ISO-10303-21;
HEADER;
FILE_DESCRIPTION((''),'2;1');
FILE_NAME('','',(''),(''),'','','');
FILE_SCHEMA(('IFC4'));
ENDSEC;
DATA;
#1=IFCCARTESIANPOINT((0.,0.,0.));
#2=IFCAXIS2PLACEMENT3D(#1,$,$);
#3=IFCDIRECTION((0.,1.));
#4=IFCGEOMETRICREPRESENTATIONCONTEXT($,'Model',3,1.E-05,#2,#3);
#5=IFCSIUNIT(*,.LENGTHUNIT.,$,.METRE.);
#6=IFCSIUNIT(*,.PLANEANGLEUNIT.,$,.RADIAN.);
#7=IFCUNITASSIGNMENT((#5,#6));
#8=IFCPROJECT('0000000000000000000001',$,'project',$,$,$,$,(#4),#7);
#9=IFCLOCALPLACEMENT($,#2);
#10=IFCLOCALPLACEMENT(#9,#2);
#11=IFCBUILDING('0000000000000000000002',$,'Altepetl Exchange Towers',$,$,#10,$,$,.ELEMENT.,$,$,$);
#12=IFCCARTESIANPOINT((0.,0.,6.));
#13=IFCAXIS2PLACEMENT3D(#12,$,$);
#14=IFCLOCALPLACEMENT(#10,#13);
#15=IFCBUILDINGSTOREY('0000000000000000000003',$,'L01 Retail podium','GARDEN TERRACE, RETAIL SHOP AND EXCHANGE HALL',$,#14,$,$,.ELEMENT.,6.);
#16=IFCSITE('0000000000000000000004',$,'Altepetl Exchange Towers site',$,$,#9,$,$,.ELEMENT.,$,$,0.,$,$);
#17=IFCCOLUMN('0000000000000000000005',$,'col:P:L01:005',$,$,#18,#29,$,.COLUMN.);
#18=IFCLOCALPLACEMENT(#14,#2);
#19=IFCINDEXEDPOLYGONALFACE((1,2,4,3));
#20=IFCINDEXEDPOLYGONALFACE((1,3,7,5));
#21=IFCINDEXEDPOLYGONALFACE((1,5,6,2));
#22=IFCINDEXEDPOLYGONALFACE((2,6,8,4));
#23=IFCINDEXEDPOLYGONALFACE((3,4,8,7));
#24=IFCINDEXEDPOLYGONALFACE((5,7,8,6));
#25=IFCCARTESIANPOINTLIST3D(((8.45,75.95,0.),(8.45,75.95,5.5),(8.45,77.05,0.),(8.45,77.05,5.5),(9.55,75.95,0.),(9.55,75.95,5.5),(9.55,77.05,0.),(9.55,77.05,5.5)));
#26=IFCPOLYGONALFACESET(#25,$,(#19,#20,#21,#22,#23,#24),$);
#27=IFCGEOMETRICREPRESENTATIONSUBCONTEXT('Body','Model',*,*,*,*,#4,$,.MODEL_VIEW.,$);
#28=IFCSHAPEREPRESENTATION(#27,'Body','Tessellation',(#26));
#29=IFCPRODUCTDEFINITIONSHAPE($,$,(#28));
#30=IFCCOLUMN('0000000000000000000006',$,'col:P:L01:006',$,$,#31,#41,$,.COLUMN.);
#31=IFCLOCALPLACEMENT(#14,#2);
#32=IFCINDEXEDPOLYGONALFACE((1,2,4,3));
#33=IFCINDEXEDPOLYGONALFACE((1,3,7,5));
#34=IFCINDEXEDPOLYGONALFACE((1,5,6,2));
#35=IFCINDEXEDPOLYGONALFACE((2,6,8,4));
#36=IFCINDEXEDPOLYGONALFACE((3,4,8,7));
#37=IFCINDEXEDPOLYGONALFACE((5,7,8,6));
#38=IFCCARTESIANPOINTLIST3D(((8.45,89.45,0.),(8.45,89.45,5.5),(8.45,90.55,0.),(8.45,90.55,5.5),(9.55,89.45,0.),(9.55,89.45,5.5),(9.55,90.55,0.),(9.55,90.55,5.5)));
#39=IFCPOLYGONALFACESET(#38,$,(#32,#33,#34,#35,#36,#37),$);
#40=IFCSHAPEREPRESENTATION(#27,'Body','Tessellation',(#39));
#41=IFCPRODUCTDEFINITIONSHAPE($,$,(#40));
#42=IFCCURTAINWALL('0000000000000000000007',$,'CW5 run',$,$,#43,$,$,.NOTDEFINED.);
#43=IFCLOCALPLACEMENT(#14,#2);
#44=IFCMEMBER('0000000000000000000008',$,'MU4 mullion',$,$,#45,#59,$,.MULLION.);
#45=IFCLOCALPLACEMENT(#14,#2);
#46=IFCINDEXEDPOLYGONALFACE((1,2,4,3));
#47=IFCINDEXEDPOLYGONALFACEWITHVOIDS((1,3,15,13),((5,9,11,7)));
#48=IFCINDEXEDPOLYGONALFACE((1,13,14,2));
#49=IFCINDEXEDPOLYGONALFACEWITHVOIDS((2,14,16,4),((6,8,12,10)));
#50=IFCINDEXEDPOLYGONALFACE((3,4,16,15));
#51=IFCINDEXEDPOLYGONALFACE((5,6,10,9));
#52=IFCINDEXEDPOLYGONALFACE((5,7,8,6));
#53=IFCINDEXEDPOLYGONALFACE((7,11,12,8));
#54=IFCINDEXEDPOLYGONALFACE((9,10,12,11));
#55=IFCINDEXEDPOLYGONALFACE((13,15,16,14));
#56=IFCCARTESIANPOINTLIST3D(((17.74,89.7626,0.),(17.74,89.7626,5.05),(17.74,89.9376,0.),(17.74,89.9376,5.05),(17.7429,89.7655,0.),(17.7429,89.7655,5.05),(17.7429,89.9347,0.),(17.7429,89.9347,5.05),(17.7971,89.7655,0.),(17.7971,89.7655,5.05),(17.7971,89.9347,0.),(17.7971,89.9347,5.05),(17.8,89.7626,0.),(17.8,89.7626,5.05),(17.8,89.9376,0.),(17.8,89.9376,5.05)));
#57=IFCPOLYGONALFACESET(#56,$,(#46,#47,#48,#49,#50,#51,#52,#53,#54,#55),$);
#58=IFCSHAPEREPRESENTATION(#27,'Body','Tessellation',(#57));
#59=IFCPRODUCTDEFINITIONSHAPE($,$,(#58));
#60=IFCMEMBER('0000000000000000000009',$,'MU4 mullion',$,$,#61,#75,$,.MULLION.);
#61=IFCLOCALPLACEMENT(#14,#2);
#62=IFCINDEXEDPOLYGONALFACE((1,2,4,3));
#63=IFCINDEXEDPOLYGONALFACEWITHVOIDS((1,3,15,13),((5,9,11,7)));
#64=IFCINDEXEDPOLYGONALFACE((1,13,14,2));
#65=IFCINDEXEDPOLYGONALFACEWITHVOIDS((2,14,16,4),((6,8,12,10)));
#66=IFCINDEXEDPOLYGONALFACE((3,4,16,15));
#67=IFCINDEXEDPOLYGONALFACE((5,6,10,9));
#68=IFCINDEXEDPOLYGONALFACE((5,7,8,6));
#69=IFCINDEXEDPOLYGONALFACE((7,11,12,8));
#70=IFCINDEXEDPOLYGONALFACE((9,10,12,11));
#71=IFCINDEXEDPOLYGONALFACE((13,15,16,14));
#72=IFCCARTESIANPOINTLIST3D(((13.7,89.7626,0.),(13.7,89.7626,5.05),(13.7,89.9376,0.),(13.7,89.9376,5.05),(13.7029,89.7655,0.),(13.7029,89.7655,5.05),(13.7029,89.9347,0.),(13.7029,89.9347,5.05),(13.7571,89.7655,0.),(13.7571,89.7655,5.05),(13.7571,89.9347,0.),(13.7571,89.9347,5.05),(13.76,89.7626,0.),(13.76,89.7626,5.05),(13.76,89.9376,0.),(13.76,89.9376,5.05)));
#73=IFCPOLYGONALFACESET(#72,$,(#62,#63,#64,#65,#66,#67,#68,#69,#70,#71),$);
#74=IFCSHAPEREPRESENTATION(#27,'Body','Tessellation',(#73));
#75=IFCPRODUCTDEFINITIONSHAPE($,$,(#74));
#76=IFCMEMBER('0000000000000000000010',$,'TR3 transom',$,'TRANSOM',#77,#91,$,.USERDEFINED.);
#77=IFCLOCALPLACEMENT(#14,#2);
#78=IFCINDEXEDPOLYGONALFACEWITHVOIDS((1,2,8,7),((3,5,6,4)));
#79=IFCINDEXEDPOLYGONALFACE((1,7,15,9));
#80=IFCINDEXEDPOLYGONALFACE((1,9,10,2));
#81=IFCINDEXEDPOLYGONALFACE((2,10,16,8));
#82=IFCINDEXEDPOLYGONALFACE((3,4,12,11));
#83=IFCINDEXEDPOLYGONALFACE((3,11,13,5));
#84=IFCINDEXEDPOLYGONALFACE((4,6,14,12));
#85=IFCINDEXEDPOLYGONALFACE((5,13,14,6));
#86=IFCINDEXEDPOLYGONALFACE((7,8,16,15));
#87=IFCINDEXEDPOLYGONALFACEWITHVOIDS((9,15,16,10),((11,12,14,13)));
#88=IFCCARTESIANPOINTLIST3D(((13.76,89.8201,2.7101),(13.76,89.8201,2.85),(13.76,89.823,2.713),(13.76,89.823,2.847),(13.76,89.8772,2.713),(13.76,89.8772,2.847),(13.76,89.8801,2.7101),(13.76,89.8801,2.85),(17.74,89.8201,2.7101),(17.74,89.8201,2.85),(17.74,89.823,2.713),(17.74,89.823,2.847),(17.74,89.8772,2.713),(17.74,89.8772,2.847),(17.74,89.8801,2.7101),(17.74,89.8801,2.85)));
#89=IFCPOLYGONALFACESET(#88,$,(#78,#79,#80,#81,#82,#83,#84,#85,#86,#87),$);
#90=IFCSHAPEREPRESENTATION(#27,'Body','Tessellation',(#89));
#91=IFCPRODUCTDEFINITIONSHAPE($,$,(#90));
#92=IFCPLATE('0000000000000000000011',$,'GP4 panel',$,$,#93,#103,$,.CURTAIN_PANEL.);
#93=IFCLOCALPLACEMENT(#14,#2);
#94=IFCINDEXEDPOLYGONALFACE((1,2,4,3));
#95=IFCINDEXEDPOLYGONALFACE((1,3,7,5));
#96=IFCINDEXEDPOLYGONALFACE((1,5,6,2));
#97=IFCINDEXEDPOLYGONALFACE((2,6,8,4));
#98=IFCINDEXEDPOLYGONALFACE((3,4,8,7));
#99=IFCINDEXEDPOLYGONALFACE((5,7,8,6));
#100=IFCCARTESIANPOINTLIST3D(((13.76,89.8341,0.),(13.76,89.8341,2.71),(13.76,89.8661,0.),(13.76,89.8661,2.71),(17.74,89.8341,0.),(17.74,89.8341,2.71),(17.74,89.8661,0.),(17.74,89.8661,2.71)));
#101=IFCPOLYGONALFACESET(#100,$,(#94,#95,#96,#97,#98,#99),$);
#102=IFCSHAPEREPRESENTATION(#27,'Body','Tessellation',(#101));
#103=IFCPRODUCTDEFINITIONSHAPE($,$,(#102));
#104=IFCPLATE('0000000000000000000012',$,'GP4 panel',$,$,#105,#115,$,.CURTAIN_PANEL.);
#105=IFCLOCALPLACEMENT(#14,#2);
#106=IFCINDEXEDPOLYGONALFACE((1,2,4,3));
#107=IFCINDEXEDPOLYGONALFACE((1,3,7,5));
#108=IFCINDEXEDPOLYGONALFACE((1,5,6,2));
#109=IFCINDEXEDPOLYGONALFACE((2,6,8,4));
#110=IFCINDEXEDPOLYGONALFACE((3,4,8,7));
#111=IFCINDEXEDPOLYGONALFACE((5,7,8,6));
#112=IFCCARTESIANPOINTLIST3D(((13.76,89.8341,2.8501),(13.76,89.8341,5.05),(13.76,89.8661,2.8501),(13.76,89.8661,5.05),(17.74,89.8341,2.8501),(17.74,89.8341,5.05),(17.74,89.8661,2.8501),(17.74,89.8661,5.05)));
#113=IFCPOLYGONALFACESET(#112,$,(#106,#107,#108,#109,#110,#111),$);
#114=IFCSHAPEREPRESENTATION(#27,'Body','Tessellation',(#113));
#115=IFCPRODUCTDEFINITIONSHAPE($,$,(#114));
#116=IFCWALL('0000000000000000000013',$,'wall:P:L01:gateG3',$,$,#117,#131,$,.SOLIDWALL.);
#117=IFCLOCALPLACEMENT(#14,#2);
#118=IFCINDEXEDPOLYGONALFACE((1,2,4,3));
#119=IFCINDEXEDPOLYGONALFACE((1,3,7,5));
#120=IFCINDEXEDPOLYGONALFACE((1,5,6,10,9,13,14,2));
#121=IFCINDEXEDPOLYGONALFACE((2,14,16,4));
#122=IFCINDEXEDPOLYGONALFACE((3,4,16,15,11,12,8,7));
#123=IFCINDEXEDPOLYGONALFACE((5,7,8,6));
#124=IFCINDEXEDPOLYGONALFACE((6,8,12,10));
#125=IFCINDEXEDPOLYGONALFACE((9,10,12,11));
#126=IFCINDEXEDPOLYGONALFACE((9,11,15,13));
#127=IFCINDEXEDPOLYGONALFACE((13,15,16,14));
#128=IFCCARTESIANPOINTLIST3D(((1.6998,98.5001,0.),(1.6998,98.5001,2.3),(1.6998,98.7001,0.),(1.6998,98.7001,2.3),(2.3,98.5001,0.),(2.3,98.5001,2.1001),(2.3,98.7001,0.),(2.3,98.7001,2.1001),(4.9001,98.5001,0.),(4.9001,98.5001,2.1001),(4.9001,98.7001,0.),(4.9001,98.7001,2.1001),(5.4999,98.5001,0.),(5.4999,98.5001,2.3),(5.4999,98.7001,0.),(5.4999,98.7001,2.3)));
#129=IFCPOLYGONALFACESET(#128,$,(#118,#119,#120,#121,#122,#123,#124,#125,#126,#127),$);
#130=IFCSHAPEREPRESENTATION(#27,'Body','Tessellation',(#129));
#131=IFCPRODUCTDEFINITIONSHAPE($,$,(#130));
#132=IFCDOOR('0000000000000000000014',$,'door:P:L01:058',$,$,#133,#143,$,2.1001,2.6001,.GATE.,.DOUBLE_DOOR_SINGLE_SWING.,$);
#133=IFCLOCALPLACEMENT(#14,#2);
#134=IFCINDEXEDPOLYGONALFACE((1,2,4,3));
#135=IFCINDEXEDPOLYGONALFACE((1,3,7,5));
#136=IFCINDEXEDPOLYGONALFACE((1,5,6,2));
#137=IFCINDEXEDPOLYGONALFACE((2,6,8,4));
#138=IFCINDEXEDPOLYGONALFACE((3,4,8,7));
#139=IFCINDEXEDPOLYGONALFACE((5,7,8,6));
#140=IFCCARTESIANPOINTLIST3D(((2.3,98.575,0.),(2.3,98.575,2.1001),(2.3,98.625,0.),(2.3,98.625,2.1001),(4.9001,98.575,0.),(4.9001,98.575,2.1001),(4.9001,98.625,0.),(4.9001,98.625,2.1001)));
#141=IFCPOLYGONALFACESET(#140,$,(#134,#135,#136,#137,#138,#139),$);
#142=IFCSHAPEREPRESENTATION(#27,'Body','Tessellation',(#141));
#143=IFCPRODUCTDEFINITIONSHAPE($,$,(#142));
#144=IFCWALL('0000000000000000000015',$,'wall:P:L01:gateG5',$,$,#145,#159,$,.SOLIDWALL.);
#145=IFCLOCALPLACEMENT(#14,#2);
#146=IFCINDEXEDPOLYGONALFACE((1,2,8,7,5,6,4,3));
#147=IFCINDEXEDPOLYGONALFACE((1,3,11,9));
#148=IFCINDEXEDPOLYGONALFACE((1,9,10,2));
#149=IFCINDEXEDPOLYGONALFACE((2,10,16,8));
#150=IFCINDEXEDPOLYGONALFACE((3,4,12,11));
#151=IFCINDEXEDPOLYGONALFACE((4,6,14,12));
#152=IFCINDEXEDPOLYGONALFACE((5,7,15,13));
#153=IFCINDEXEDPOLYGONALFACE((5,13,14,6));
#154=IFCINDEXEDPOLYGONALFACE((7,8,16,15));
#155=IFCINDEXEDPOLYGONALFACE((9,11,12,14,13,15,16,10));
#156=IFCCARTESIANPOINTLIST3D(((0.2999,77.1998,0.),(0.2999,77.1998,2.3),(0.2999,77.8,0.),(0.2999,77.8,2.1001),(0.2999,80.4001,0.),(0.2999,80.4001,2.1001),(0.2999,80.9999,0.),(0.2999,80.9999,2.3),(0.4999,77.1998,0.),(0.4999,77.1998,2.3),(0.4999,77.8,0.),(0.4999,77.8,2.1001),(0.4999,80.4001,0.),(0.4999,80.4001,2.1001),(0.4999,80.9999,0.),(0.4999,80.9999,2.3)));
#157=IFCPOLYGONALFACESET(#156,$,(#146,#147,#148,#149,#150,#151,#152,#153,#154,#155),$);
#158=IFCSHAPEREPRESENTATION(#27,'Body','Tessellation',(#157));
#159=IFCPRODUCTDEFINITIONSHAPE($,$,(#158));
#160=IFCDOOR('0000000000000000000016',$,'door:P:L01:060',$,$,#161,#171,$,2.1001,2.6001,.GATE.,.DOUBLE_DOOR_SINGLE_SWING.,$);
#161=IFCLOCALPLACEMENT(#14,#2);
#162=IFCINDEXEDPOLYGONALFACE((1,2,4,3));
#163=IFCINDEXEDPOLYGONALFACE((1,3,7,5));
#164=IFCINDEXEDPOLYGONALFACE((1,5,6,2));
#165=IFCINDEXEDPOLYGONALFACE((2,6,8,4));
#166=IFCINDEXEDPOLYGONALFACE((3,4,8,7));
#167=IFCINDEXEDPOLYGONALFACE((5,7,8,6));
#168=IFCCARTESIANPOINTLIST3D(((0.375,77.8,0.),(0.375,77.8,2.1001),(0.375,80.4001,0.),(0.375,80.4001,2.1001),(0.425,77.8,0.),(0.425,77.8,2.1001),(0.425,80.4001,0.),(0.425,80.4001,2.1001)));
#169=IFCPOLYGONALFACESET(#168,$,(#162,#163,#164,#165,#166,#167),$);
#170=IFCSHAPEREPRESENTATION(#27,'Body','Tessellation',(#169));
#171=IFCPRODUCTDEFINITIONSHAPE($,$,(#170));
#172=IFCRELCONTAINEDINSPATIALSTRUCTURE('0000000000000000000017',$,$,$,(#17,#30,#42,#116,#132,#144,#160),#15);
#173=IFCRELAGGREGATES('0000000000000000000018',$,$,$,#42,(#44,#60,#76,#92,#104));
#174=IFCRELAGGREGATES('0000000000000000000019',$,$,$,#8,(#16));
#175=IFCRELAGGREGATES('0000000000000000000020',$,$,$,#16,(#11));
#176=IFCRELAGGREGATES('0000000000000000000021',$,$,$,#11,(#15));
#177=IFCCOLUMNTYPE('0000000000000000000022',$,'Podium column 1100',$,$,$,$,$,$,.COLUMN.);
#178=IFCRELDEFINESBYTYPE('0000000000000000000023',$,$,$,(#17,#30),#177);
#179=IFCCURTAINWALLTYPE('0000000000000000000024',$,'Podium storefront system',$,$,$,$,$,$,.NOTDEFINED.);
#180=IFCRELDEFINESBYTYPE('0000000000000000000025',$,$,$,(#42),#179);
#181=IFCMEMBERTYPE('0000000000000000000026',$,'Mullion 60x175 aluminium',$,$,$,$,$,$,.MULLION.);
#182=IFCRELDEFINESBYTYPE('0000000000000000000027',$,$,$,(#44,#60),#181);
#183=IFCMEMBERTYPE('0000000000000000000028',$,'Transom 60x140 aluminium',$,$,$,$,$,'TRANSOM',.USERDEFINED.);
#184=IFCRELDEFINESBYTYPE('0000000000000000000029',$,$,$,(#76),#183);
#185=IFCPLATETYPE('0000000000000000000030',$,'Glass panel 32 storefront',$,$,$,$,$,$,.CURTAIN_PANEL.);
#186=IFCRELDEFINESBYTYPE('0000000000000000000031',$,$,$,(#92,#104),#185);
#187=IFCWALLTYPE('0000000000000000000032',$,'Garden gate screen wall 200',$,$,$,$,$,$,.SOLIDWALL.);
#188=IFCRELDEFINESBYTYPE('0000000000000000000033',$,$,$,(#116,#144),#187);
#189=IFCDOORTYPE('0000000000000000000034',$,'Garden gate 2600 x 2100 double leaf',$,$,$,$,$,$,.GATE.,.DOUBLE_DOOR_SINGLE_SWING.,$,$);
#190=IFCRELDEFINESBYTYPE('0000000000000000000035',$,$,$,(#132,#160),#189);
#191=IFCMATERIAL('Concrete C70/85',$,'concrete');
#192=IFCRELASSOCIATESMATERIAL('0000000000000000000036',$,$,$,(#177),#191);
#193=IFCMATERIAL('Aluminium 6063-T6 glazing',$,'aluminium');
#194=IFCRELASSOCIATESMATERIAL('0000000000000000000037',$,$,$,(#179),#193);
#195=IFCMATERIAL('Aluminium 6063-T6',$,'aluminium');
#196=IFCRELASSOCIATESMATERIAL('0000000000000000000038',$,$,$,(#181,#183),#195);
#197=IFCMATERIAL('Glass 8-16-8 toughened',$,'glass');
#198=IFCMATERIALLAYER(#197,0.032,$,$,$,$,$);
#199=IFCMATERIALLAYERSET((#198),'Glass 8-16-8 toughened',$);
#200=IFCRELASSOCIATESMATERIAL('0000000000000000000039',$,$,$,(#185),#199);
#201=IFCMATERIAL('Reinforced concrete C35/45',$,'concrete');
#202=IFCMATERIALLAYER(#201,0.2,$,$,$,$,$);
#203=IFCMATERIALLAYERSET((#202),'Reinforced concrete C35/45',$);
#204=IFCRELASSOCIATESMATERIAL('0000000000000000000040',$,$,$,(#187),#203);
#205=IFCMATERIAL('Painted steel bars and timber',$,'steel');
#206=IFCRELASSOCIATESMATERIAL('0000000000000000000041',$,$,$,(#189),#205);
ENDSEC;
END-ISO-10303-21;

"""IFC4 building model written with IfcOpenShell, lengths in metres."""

from ifc_helpers import new_model, si_unit, direction, frame, frame_2d, origin, origin_2d, place, context, subcontext, project, spatial, rectangle, hollow_rectangle, extrude, material, layer, layer_set, material_profile, profile_set, type_object, element, fill, aggregate, save


model = new_model("IFC4")

# Units and contexts
model_context = context("Model", 3, precision=1e-05, world=origin(), true_north=direction((0.0, 1.0)))
body_context = subcontext(model_context, "Body", "Model", "MODEL_VIEW")
ifc_project = project(units=[si_unit("LENGTHUNIT", "METRE"), si_unit("PLANEANGLEUNIT", "RADIAN")], contexts=[model_context])

# Site, building, storey
site_placement = place(None, origin())
site = spatial("IfcSite", under=ifc_project, at=site_placement, Name="Altepetl Exchange Towers site", CompositionType="ELEMENT", RefElevation=0.0)
building_placement = place(site_placement, origin())
building = spatial("IfcBuilding", under=site, at=building_placement, Name="Altepetl Exchange Towers", CompositionType="ELEMENT")
storey_placement = place(building_placement, frame((0.0, 0.0, 6.0)))
storey = spatial("IfcBuildingStorey", under=building, at=storey_placement, Name="L01 Retail podium", Description="GARDEN TERRACE, RETAIL SHOP AND EXCHANGE HALL", CompositionType="ELEMENT", Elevation=6.0)

# Columns
ifc_material_1 = material(Name="Concrete C70/85", Category="concrete")
ifc_material_profile_1 = material_profile(ifc_material_1, rectangle(XDim=1.1001, YDim=1.1001, at=origin_2d()), Name="1100 x 1100")
ifc_profile_set_1 = profile_set([ifc_material_profile_1], Name="Concrete C70/85")
column_type = type_object("IfcColumnType", Name="Podium column 1100", PredefinedType="COLUMN", material=ifc_profile_set_1)
for number, where, name in (
    (1, (9.0, 76.5, 0.0), "col:P:L01:005"),
    (2, (9.0, 90.0, 0.0), "col:P:L01:006"),
):
    element("IfcColumn", number, at=place(storey_placement, frame(where)), inside=storey, type_object=column_type, Name=name, PredefinedType="COLUMN", context=body_context, shape_type="SweptSolid", body=[
        extrude(rectangle(XDim=1.1001, YDim=1.1001, at=origin_2d()), origin(), (0.0, 0.0, 1.0), 5.5),
    ])

# Curtain wall, members, plates
ifc_material_2 = material(Name="Aluminium 6063-T6 glazing", Category="aluminium")
curtain_wall_type = type_object("IfcCurtainWallType", Name="Podium storefront system", PredefinedType="NOTDEFINED", material=ifc_material_2)
curtain_wall_placement = place(storey_placement, origin())
curtain_wall = element("IfcCurtainWall", 3, at=curtain_wall_placement, inside=storey, type_object=curtain_wall_type, Name="CW5 run", PredefinedType="NOTDEFINED")
ifc_material_3 = material(Name="Aluminium 6063-T6", Category="aluminium")
ifc_material_profile_2 = material_profile(ifc_material_3, hollow_rectangle(XDim=0.0601, YDim=0.175, WallThickness=0.0029, at=origin_2d()), Name="Mullion 60x175 aluminium")
ifc_profile_set_2 = profile_set([ifc_material_profile_2], Name="Aluminium 6063-T6")
member_type_1 = type_object("IfcMemberType", Name="Mullion 60x175 aluminium", PredefinedType="MULLION", material=ifc_profile_set_2)
member_1_placement = place(storey_placement, frame((17.77, 89.8501, 0.0), z_axis=(0.0, 0.0, 1.0), x_axis=(-1.0, 0.0, 0.0)))
member_1 = element("IfcMember", 4, at=member_1_placement, type_object=member_type_1, Name="MU4 mullion", PredefinedType="MULLION", context=body_context, shape_type="SweptSolid", body=[
    extrude(hollow_rectangle(XDim=0.0601, YDim=0.175, WallThickness=0.0029, at=origin_2d()), origin(), (0.0, 0.0, 1.0), 5.05),
])
member_2_placement = place(storey_placement, frame((13.73, 89.8501, 0.0), z_axis=(0.0, 0.0, 1.0), x_axis=(-1.0, 0.0, 0.0)))
member_2 = element("IfcMember", 5, at=member_2_placement, type_object=member_type_1, Name="MU4 mullion", PredefinedType="MULLION", context=body_context, shape_type="SweptSolid", body=[
    extrude(hollow_rectangle(XDim=0.0601, YDim=0.175, WallThickness=0.0029, at=origin_2d()), origin(), (0.0, 0.0, 1.0), 5.05),
])
ifc_material_profile_3 = material_profile(ifc_material_3, hollow_rectangle(XDim=0.0601, YDim=0.1399, WallThickness=0.0029, at=origin_2d()), Name="Transom 60x140 aluminium")
ifc_profile_set_3 = profile_set([ifc_material_profile_3], Name="Aluminium 6063-T6")
member_type_2 = type_object("IfcMemberType", Name="Transom 60x140 aluminium", ElementType="TRANSOM", PredefinedType="USERDEFINED", material=ifc_profile_set_3)
member_3_placement = place(storey_placement, frame((17.74, 89.8501, 2.78), z_axis=(-1.0, 0.0, 0.0), x_axis=(0.0, -1.0, 0.0)))
member_3 = element("IfcMember", 6, at=member_3_placement, type_object=member_type_2, Name="TR3 transom", ObjectType="TRANSOM", PredefinedType="USERDEFINED", context=body_context, shape_type="SweptSolid", body=[
    extrude(hollow_rectangle(XDim=0.0601, YDim=0.1399, WallThickness=0.0029, at=origin_2d()), origin(), (0.0, 0.0, 1.0), 3.98),
])
ifc_material_4 = material(Name="Glass 8-16-8 toughened", Category="glass")
ifc_layer_1 = layer(ifc_material_4, 0.032)
ifc_layer_set_1 = layer_set([ifc_layer_1], Name="Glass 8-16-8 toughened")
plate_type = type_object("IfcPlateType", Name="Glass panel 32 storefront", PredefinedType="CURTAIN_PANEL", material=ifc_layer_set_1)
plate_1_placement = place(storey_placement, frame((15.75, 89.8501, 0.0), z_axis=(0.0, 0.0, 1.0), x_axis=(-1.0, 0.0, 0.0)))
plate_1 = element("IfcPlate", 7, at=plate_1_placement, type_object=plate_type, Name="GP4 panel", PredefinedType="CURTAIN_PANEL", context=body_context, shape_type="SweptSolid", body=[
    extrude(rectangle(XDim=3.98, YDim=0.032, at=origin_2d()), origin(), (0.0, 0.0, 1.0), 2.71),
])
plate_2_placement = place(storey_placement, frame((15.75, 89.8501, 2.8501), z_axis=(0.0, 0.0, 1.0), x_axis=(-1.0, 0.0, 0.0)))
plate_2 = element("IfcPlate", 8, at=plate_2_placement, type_object=plate_type, Name="GP4 panel", PredefinedType="CURTAIN_PANEL", context=body_context, shape_type="SweptSolid", body=[
    extrude(rectangle(XDim=3.98, YDim=0.032, at=origin_2d()), origin(), (0.0, 0.0, 1.0), 2.2),
])
aggregate(curtain_wall, [member_1, member_2, member_3, plate_1, plate_2])

# Walls, openings, doors
ifc_material_5 = material(Name="Reinforced concrete C35/45", Category="concrete")
ifc_layer_2 = layer(ifc_material_5, 0.2)
ifc_layer_set_2 = layer_set([ifc_layer_2], Name="Reinforced concrete C35/45")
wall_type_1 = type_object("IfcWallType", Name="Garden gate screen wall 200", PredefinedType="SOLIDWALL", material=ifc_layer_set_2)
wall_1_placement = place(storey_placement, frame((1.7, 98.6001, 0.0)))
wall_1 = element("IfcWall", 9, at=wall_1_placement, inside=storey, type_object=wall_type_1, Name="wall:P:L01:gateG3", PredefinedType="SOLIDWALL", context=body_context, shape_type="SweptSolid", body=[
    extrude(rectangle(XDim=3.8, YDim=0.2, at=frame_2d((1.8999, 0.0))), origin(), (0.0, 0.0, 1.0), 2.3),
])
opening_1_placement = place(wall_1_placement, frame((0.6001, 0.0, 0.0)))
opening_1 = element("IfcOpeningElement", 10, at=opening_1_placement, cuts=wall_1, PredefinedType="OPENING", context=body_context, shape_type="SweptSolid", body=[
    extrude(rectangle(XDim=2.6001, YDim=2.1001, at=frame_2d((1.3, 1.05))), frame((0.0, 0.1099, 0.0), z_axis=(0.0, -1.0, 0.0), x_axis=(1.0, 0.0, 0.0)), (0.0, 0.0, 1.0), 0.22),
])
ifc_material_6 = material(Name="Painted steel bars and timber", Category="steel")
door_type_1 = type_object("IfcDoorType", Name="Garden gate 2600 x 2100 double leaf", OperationType="DOUBLE_DOOR_SINGLE_SWING", PredefinedType="GATE", material=ifc_material_6)
door_1_placement = place(opening_1_placement, origin())
door_1 = element("IfcDoor", 11, at=door_1_placement, inside=storey, type_object=door_type_1, Name="door:P:L01:058", OperationType="DOUBLE_DOOR_SINGLE_SWING", OverallHeight=2.1001, OverallWidth=2.6001, PredefinedType="GATE", context=body_context, shape_type="SweptSolid", body=[
    extrude(rectangle(XDim=2.6001, YDim=2.1001, at=frame_2d((1.3, 1.05))), frame((0.0, 0.0249, 0.0), z_axis=(0.0, -1.0, 0.0), x_axis=(1.0, 0.0, 0.0)), (0.0, 0.0, 1.0), 0.05),
])
fill(opening_1, door_1)
wall_2_placement = place(storey_placement, frame((0.3999, 77.2, 0.0), z_axis=(0.0, 0.0, 1.0), x_axis=(0.0, 1.0, 0.0)))
wall_2 = element("IfcWall", 12, at=wall_2_placement, inside=storey, type_object=wall_type_1, Name="wall:P:L01:gateG5", PredefinedType="SOLIDWALL", context=body_context, shape_type="SweptSolid", body=[
    extrude(rectangle(XDim=3.8, YDim=0.2, at=frame_2d((1.8999, 0.0))), origin(), (0.0, 0.0, 1.0), 2.3),
])
opening_2_placement = place(wall_2_placement, frame((0.6001, 0.0, 0.0)))
opening_2 = element("IfcOpeningElement", 13, at=opening_2_placement, cuts=wall_2, PredefinedType="OPENING", context=body_context, shape_type="SweptSolid", body=[
    extrude(rectangle(XDim=2.6001, YDim=2.1001, at=frame_2d((1.3, 1.05))), frame((0.0, 0.1099, 0.0), z_axis=(0.0, -1.0, 0.0), x_axis=(1.0, 0.0, 0.0)), (0.0, 0.0, 1.0), 0.22),
])
door_2_placement = place(opening_2_placement, origin())
door_2 = element("IfcDoor", 14, at=door_2_placement, inside=storey, type_object=door_type_1, Name="door:P:L01:060", OperationType="DOUBLE_DOOR_SINGLE_SWING", OverallHeight=2.1001, OverallWidth=2.6001, PredefinedType="GATE", context=body_context, shape_type="SweptSolid", body=[
    extrude(rectangle(XDim=2.6001, YDim=2.1001, at=frame_2d((1.3, 1.05))), frame((0.0, 0.0249, 0.0), z_axis=(0.0, -1.0, 0.0), x_axis=(1.0, 0.0, 0.0)), (0.0, 0.0, 1.0), 0.05),
])
fill(opening_2, door_2)

save(model, "model.ifc")
